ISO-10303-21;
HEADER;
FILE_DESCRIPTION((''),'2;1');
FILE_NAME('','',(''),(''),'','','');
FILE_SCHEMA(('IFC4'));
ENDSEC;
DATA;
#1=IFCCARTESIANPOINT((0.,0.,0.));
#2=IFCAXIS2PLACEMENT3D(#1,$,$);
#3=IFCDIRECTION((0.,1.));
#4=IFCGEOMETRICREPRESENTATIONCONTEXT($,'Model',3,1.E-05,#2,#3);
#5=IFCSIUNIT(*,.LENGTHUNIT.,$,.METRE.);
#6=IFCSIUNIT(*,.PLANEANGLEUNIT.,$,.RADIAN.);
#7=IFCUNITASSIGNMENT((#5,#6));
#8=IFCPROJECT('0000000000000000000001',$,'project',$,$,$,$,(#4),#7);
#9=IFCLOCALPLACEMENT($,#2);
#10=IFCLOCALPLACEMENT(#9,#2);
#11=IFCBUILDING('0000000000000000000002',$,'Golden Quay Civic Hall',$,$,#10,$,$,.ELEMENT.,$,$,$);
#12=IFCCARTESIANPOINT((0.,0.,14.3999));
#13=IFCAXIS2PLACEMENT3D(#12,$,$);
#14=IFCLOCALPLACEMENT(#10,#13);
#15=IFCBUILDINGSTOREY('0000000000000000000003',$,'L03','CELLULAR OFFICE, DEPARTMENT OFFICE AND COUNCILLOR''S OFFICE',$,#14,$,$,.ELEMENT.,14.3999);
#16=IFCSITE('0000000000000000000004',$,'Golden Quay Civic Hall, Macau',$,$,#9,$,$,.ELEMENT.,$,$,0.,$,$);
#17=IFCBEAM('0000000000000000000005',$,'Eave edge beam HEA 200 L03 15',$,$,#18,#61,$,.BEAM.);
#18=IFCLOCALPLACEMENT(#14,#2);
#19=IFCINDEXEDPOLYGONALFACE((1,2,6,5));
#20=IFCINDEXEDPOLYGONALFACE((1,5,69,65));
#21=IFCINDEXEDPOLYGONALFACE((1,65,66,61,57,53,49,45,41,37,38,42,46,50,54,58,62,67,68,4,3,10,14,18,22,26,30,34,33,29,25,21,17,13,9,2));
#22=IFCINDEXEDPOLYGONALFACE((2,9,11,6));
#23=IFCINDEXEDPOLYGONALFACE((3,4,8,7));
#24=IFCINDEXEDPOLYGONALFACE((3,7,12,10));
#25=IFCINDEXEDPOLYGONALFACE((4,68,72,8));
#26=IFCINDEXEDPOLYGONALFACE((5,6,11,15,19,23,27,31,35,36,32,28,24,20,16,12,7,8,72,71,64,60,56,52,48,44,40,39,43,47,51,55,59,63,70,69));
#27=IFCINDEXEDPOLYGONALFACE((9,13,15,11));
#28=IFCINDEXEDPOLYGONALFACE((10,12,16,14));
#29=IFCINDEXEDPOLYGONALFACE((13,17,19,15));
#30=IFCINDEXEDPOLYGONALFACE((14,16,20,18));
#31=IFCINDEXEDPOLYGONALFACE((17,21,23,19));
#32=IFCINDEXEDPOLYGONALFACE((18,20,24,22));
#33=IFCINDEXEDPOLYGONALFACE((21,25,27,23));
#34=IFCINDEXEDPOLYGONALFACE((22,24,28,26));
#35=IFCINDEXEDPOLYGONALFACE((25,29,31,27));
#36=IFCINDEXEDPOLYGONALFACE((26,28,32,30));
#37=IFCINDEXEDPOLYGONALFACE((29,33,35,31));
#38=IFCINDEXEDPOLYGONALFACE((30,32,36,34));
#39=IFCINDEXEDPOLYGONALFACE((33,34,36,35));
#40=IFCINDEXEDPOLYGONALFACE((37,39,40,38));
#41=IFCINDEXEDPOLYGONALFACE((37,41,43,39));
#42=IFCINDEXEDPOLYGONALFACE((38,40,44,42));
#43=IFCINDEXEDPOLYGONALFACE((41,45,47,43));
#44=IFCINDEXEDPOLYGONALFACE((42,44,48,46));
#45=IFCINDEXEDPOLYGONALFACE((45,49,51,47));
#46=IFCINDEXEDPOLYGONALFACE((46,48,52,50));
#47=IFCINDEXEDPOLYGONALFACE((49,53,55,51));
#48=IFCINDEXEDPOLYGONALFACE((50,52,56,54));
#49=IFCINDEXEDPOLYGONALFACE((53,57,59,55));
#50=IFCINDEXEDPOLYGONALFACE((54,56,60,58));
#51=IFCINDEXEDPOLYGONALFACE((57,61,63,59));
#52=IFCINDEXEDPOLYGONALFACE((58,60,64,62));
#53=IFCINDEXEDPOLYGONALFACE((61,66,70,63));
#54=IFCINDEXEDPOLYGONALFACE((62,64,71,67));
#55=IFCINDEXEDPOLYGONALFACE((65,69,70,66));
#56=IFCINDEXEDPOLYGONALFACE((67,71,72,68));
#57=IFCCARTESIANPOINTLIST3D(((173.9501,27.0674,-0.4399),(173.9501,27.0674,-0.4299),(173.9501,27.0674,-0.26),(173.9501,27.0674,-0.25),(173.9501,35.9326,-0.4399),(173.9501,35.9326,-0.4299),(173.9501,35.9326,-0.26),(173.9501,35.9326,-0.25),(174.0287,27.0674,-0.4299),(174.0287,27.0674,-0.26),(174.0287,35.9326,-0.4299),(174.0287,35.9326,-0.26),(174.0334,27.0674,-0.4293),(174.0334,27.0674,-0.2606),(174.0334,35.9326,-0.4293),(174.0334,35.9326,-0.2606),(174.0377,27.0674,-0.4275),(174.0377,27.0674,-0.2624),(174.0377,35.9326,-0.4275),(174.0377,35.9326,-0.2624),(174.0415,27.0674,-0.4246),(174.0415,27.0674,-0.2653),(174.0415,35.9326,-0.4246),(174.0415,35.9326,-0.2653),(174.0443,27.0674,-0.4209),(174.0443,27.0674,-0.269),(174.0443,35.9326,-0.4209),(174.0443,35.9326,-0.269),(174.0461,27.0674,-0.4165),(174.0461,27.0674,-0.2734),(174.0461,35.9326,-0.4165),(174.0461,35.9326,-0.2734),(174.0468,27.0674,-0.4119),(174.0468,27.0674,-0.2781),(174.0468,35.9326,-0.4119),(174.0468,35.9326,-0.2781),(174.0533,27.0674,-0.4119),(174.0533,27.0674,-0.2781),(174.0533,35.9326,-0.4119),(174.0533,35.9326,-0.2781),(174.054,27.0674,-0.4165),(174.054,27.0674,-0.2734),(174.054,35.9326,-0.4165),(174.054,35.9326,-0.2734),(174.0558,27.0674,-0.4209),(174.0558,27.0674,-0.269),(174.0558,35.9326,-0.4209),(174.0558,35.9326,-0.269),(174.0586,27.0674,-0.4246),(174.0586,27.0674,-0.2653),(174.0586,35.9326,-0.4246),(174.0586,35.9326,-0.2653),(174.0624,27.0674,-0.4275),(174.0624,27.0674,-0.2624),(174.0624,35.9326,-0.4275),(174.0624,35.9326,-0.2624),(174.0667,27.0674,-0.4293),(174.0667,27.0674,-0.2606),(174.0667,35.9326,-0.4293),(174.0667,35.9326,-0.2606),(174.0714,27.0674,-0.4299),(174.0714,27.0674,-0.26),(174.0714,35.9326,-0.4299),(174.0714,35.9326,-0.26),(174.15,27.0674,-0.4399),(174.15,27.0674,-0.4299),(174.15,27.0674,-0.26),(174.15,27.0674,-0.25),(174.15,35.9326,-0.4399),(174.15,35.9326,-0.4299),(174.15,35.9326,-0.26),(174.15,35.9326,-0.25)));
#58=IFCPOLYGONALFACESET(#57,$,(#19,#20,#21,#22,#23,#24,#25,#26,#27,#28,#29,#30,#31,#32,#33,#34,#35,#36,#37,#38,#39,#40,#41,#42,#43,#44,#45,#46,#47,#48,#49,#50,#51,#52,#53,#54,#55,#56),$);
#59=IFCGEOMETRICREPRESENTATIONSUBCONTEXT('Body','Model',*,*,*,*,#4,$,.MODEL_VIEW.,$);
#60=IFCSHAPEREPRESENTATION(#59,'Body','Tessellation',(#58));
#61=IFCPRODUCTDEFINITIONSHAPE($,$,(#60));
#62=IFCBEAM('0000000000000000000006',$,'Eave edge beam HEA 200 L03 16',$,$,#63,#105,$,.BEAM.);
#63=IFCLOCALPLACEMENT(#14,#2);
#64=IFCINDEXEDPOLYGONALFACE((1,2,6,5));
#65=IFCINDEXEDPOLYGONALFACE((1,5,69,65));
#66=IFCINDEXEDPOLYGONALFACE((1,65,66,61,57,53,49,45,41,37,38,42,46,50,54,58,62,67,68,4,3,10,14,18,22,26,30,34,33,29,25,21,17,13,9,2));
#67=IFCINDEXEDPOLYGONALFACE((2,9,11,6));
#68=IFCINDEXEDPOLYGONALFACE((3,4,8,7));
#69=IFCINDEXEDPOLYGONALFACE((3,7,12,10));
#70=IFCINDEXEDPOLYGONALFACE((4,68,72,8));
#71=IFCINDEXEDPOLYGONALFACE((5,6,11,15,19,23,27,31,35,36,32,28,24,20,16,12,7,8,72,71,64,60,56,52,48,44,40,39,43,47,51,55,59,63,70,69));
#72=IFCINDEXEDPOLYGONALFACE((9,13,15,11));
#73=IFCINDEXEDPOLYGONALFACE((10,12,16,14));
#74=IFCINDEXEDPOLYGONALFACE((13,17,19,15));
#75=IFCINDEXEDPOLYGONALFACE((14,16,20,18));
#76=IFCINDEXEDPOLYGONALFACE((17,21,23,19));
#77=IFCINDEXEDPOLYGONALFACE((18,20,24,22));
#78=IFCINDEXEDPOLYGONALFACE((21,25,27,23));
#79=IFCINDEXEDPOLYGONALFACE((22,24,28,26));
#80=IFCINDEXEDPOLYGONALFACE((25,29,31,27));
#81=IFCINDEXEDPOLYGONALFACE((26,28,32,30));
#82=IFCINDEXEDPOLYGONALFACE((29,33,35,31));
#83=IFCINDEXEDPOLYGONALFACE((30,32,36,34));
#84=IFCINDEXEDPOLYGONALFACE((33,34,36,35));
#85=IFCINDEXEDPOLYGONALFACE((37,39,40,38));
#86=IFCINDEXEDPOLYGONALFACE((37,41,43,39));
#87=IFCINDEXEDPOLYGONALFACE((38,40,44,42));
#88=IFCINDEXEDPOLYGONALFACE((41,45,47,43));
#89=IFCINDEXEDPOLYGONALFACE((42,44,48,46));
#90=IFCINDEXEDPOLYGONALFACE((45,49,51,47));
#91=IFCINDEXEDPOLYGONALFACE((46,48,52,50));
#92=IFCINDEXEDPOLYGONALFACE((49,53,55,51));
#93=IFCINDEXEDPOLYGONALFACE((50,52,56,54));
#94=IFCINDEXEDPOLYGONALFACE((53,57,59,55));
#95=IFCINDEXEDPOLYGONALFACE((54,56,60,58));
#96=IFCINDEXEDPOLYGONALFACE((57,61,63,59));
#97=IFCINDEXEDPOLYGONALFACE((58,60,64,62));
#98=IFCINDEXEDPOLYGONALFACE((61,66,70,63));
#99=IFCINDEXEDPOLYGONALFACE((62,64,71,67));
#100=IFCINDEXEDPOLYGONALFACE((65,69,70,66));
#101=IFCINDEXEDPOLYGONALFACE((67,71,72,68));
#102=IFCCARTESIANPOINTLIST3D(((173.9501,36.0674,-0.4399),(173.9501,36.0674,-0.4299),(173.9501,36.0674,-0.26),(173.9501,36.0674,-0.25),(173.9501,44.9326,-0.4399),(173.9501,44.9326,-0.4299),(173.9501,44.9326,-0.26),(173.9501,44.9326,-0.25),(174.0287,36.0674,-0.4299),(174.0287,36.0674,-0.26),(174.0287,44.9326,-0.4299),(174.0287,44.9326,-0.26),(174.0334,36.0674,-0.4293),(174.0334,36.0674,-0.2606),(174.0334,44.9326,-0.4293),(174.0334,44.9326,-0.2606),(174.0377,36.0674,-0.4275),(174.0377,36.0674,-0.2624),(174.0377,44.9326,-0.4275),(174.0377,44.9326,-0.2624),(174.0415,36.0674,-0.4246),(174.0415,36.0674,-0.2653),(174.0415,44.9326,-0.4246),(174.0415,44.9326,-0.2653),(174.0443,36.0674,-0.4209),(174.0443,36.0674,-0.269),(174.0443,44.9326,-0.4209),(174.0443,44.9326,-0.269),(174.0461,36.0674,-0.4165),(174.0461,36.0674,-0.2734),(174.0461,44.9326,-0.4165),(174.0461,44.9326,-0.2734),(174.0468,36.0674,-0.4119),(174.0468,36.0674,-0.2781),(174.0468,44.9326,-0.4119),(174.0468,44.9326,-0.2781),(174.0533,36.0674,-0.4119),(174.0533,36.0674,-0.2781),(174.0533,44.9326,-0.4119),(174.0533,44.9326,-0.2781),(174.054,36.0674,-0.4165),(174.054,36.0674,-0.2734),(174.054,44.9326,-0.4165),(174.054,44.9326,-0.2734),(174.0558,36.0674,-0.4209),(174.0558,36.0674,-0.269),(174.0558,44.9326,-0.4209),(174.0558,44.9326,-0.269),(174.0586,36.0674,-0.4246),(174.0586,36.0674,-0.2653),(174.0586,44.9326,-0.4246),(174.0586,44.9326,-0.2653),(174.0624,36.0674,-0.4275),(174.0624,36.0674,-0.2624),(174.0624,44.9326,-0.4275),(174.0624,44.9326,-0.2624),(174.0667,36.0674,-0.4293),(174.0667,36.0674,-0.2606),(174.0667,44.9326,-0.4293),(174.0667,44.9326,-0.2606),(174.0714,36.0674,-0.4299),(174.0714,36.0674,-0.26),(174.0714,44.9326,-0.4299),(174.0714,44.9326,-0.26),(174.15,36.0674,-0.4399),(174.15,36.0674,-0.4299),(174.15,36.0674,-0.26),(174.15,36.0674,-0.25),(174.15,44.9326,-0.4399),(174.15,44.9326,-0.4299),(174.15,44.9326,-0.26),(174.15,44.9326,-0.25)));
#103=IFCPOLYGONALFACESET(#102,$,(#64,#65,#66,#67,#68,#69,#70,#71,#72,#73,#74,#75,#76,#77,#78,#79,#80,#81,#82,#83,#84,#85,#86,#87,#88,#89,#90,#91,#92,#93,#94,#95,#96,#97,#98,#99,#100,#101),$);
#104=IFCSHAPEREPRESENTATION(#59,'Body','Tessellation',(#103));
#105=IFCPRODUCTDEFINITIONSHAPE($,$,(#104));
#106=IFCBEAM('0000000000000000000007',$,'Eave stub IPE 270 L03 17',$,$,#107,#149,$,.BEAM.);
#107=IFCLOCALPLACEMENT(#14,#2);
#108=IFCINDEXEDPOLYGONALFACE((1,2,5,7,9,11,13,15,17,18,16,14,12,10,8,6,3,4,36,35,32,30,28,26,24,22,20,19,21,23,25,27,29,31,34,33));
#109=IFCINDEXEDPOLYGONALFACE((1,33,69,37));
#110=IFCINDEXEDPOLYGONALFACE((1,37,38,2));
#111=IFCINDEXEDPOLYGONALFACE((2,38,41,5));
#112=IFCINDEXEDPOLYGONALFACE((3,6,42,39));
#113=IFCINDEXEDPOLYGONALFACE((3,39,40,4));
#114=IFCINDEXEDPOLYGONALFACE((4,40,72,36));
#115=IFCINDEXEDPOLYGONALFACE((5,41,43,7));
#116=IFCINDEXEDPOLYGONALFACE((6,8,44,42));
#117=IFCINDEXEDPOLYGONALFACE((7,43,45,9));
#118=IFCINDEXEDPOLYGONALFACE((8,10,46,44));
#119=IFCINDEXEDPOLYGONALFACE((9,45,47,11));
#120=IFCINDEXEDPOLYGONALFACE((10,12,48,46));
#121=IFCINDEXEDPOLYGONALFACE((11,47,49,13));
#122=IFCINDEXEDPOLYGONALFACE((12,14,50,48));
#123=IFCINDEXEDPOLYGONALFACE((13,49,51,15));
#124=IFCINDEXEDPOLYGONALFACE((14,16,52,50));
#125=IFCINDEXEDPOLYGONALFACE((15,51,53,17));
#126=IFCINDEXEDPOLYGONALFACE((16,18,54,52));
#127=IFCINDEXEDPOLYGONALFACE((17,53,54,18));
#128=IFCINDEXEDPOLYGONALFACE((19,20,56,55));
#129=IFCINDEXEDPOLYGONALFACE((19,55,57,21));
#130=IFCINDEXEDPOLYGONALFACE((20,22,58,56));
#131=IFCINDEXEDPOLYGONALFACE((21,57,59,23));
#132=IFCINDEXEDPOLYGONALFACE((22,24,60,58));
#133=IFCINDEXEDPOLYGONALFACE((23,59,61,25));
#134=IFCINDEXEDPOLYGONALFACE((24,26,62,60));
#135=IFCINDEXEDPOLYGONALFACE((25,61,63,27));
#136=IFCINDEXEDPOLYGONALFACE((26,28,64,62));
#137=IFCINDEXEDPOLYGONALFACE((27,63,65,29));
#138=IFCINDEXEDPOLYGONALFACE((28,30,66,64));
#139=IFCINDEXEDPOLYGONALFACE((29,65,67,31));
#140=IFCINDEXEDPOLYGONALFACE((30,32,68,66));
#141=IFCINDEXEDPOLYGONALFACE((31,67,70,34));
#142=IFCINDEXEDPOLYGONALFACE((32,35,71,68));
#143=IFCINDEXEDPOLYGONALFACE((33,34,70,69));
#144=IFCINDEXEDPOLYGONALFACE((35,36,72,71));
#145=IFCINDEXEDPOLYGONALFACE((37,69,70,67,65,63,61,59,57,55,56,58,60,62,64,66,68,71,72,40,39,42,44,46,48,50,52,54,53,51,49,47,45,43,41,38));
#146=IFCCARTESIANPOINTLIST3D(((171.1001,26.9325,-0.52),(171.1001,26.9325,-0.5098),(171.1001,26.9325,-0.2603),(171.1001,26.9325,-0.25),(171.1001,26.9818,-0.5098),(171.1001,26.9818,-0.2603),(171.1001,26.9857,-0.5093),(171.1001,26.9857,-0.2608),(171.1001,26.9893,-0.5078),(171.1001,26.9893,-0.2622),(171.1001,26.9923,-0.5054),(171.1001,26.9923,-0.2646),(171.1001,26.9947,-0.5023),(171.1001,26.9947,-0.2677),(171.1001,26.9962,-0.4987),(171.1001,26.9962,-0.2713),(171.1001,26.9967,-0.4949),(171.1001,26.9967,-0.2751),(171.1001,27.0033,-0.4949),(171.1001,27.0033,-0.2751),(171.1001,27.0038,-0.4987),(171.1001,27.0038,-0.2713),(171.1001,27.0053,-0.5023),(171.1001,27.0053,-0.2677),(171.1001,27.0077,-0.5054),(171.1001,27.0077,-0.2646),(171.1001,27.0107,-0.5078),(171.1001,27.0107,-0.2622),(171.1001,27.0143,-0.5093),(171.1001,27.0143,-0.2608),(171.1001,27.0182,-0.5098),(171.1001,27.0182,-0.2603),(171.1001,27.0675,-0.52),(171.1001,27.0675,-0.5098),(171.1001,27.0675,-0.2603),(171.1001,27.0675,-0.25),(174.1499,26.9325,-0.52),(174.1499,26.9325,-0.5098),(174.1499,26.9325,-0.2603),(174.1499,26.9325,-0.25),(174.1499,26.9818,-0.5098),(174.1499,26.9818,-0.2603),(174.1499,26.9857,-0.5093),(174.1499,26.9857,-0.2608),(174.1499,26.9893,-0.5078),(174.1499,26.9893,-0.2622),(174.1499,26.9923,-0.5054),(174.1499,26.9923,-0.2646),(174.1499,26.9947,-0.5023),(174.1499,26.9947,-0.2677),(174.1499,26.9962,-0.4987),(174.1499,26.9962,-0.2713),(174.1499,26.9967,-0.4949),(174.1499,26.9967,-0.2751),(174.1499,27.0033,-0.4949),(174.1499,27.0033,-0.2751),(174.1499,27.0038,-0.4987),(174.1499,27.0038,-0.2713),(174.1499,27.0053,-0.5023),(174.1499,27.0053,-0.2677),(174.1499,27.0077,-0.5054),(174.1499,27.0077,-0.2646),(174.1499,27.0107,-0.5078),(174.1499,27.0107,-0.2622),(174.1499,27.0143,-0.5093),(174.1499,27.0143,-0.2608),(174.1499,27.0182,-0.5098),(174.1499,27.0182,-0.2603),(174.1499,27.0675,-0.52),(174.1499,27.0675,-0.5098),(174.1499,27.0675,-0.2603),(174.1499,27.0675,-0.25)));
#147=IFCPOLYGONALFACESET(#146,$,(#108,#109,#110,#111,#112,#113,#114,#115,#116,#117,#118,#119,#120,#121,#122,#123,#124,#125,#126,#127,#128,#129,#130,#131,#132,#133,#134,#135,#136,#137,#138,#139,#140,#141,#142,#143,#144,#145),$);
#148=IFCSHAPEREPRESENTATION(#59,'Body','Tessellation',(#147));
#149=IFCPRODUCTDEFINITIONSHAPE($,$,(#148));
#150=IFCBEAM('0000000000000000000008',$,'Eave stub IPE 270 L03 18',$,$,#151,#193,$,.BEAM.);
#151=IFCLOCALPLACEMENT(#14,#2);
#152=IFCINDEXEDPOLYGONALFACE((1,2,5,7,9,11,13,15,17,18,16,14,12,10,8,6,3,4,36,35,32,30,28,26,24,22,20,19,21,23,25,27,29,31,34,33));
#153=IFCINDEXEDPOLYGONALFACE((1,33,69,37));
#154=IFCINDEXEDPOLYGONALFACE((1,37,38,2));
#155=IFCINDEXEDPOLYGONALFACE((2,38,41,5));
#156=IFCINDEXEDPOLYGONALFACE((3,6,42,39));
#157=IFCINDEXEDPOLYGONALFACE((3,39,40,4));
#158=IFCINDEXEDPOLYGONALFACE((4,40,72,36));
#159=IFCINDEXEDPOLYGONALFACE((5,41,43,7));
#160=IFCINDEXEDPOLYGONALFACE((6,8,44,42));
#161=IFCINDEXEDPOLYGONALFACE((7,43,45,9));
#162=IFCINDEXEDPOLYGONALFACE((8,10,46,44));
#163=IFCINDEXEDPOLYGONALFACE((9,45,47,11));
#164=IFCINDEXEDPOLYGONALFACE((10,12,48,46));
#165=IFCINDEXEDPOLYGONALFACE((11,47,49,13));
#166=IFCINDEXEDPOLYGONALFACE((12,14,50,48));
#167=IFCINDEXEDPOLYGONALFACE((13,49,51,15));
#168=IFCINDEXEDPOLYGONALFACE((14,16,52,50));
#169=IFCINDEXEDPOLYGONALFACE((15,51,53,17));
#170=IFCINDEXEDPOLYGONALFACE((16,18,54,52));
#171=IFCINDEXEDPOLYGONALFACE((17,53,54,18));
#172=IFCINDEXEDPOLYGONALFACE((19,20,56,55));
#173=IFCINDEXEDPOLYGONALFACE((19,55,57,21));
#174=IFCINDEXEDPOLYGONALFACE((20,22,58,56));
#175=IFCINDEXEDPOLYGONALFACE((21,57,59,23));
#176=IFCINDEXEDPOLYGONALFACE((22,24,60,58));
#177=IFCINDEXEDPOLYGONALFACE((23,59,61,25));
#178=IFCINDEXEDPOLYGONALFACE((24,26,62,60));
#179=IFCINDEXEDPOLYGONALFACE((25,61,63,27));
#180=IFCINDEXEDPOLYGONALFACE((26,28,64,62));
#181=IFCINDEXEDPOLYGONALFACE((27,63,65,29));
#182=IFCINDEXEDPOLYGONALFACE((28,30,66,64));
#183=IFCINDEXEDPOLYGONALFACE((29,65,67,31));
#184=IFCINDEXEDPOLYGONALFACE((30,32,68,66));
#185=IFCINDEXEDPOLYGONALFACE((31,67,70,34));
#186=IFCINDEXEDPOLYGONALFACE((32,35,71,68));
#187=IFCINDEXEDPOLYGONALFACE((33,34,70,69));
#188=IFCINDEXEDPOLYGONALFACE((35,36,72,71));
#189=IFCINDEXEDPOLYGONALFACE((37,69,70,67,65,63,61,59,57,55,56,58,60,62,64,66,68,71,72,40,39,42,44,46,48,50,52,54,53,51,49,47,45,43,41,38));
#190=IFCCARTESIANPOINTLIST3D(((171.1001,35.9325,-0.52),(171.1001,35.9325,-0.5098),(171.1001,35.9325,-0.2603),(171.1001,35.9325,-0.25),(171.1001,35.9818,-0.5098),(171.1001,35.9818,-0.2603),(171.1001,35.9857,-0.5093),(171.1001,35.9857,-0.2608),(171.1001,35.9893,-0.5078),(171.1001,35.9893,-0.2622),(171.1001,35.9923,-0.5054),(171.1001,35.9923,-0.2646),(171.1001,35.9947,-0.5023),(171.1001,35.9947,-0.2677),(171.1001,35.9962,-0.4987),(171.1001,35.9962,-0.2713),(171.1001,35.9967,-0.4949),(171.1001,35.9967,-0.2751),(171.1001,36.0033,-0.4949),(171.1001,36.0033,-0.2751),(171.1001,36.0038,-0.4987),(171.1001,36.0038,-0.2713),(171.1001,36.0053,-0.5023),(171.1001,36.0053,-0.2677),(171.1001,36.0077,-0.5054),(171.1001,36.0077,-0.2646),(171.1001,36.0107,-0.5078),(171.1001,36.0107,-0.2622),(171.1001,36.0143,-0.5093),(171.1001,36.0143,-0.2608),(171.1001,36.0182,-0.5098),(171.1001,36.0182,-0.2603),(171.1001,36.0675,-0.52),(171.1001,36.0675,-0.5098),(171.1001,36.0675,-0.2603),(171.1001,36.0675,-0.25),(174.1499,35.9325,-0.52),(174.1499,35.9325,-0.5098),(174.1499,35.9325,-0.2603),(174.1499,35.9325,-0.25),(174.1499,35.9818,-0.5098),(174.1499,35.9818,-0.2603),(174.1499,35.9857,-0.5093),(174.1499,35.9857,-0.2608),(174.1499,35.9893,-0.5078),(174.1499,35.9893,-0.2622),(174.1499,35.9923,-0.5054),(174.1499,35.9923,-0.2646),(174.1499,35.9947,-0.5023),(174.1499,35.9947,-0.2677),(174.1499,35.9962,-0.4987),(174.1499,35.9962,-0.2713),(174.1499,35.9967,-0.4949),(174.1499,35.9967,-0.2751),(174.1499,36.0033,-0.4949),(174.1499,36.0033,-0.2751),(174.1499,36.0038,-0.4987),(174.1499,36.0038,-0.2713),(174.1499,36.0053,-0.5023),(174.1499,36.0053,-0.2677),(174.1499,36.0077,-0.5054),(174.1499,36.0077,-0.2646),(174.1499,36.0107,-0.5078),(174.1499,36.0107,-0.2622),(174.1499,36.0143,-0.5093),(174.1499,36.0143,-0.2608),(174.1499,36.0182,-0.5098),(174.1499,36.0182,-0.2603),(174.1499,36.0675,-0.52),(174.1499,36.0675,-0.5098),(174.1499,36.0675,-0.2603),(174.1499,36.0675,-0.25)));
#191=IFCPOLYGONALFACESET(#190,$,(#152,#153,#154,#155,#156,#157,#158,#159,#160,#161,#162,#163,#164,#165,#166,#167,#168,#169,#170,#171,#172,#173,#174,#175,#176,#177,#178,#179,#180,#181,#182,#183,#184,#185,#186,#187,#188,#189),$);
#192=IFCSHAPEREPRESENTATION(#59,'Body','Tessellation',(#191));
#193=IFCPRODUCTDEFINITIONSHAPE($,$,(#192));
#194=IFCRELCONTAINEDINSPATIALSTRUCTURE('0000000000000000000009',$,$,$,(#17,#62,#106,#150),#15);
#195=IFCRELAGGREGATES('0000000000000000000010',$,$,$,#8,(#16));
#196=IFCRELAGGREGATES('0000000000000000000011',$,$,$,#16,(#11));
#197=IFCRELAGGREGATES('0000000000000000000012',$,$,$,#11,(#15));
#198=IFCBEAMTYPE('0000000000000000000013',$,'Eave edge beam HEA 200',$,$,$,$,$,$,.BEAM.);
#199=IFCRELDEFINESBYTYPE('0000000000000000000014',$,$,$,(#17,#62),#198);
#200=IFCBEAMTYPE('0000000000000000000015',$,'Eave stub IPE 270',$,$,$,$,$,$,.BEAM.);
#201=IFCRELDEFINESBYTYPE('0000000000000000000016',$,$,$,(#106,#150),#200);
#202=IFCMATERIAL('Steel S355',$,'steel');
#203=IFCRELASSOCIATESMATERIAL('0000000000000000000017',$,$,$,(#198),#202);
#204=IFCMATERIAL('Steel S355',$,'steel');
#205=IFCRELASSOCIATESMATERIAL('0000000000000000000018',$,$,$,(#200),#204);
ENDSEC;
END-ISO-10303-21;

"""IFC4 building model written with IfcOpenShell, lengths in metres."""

from ifc_helpers import new_model, si_unit, direction, frame, origin, origin_2d, place, context, subcontext, project, spatial, i_section, extrude, material, material_profile, profile_set, type_object, element, save


model = new_model("IFC4")

# Units and contexts
model_context = context("Model", 3, precision=1e-05, world=origin(), true_north=direction((0.0, 1.0)))
body_context = subcontext(model_context, "Body", "Model", "MODEL_VIEW")
ifc_project = project(units=[si_unit("LENGTHUNIT", "METRE"), si_unit("PLANEANGLEUNIT", "RADIAN")], contexts=[model_context])

# Site, building, storey
site_placement = place(None, origin())
site = spatial("IfcSite", under=ifc_project, at=site_placement, Name="Golden Quay Civic Hall, Macau", CompositionType="ELEMENT", RefElevation=0.0)
building_placement = place(site_placement, origin())
building = spatial("IfcBuilding", under=site, at=building_placement, Name="Golden Quay Civic Hall", CompositionType="ELEMENT")
storey_placement = place(building_placement, frame((0.0, 0.0, 14.3999)))
storey = spatial("IfcBuildingStorey", under=building, at=storey_placement, Name="L03", Description="CELLULAR OFFICE, DEPARTMENT OFFICE AND COUNCILLOR'S OFFICE", CompositionType="ELEMENT", Elevation=14.3999)

# Beams
ifc_material_1 = material(Name="Steel S355", Category="steel")
ifc_material_profile_1 = material_profile(ifc_material_1, i_section(OverallWidth=0.2, OverallDepth=0.1899, WebThickness=0.0066, FlangeThickness=0.01, FilletRadius=0.0181, at=origin_2d()), Name="HEA 200")
ifc_profile_set_1 = profile_set([ifc_material_profile_1], Name="Steel S355")
beam_type_1 = type_object("IfcBeamType", Name="Eave edge beam HEA 200", PredefinedType="BEAM", material=ifc_profile_set_1)
for number, where, z_axis, x_axis, name in (
    (1, (174.05, 27.0674, -0.345), (0.0, 1.0, 0.0), (-1.0, 0.0, 0.0), "Eave edge beam HEA 200 L03 15"),
    (2, (174.05, 36.0674, -0.345), (0.0, 1.0, 0.0), (-1.0, 0.0, 0.0), "Eave edge beam HEA 200 L03 16"),
):
    element("IfcBeam", number, at=place(storey_placement, frame(where, z_axis=z_axis, x_axis=x_axis)), inside=storey, type_object=beam_type_1, Name=name, PredefinedType="BEAM", context=body_context, shape_type="SweptSolid", body=[
        extrude(i_section(OverallWidth=0.2, OverallDepth=0.1899, WebThickness=0.0066, FlangeThickness=0.01, FilletRadius=0.0181, at=origin_2d()), origin(), (0.0, 0.0, 1.0), 8.8652),
    ])
ifc_material_2 = material(Name="Steel S355", Category="steel")
ifc_material_profile_2 = material_profile(ifc_material_2, i_section(OverallWidth=0.135, OverallDepth=0.27, WebThickness=0.0066, FlangeThickness=0.0103, FilletRadius=0.0149, at=origin_2d()), Name="IPE 270")
ifc_profile_set_2 = profile_set([ifc_material_profile_2], Name="Steel S355")
beam_type_2 = type_object("IfcBeamType", Name="Eave stub IPE 270", PredefinedType="BEAM", material=ifc_profile_set_2)
for number, where, z_axis, x_axis, name in (
    (3, (171.1001, 27.0, -0.385), (1.0, 0.0, 0.0), (0.0, 1.0, 0.0), "Eave stub IPE 270 L03 17"),
    (4, (171.1001, 36.0, -0.385), (1.0, 0.0, 0.0), (0.0, 1.0, 0.0), "Eave stub IPE 270 L03 18"),
):
    element("IfcBeam", number, at=place(storey_placement, frame(where, z_axis=z_axis, x_axis=x_axis)), inside=storey, type_object=beam_type_2, Name=name, PredefinedType="BEAM", context=body_context, shape_type="SweptSolid", body=[
        extrude(i_section(OverallWidth=0.135, OverallDepth=0.27, WebThickness=0.0066, FlangeThickness=0.0103, FilletRadius=0.0149, at=origin_2d()), origin(), (0.0, 0.0, 1.0), 3.0498),
    ])

save(model, "model.ifc")
